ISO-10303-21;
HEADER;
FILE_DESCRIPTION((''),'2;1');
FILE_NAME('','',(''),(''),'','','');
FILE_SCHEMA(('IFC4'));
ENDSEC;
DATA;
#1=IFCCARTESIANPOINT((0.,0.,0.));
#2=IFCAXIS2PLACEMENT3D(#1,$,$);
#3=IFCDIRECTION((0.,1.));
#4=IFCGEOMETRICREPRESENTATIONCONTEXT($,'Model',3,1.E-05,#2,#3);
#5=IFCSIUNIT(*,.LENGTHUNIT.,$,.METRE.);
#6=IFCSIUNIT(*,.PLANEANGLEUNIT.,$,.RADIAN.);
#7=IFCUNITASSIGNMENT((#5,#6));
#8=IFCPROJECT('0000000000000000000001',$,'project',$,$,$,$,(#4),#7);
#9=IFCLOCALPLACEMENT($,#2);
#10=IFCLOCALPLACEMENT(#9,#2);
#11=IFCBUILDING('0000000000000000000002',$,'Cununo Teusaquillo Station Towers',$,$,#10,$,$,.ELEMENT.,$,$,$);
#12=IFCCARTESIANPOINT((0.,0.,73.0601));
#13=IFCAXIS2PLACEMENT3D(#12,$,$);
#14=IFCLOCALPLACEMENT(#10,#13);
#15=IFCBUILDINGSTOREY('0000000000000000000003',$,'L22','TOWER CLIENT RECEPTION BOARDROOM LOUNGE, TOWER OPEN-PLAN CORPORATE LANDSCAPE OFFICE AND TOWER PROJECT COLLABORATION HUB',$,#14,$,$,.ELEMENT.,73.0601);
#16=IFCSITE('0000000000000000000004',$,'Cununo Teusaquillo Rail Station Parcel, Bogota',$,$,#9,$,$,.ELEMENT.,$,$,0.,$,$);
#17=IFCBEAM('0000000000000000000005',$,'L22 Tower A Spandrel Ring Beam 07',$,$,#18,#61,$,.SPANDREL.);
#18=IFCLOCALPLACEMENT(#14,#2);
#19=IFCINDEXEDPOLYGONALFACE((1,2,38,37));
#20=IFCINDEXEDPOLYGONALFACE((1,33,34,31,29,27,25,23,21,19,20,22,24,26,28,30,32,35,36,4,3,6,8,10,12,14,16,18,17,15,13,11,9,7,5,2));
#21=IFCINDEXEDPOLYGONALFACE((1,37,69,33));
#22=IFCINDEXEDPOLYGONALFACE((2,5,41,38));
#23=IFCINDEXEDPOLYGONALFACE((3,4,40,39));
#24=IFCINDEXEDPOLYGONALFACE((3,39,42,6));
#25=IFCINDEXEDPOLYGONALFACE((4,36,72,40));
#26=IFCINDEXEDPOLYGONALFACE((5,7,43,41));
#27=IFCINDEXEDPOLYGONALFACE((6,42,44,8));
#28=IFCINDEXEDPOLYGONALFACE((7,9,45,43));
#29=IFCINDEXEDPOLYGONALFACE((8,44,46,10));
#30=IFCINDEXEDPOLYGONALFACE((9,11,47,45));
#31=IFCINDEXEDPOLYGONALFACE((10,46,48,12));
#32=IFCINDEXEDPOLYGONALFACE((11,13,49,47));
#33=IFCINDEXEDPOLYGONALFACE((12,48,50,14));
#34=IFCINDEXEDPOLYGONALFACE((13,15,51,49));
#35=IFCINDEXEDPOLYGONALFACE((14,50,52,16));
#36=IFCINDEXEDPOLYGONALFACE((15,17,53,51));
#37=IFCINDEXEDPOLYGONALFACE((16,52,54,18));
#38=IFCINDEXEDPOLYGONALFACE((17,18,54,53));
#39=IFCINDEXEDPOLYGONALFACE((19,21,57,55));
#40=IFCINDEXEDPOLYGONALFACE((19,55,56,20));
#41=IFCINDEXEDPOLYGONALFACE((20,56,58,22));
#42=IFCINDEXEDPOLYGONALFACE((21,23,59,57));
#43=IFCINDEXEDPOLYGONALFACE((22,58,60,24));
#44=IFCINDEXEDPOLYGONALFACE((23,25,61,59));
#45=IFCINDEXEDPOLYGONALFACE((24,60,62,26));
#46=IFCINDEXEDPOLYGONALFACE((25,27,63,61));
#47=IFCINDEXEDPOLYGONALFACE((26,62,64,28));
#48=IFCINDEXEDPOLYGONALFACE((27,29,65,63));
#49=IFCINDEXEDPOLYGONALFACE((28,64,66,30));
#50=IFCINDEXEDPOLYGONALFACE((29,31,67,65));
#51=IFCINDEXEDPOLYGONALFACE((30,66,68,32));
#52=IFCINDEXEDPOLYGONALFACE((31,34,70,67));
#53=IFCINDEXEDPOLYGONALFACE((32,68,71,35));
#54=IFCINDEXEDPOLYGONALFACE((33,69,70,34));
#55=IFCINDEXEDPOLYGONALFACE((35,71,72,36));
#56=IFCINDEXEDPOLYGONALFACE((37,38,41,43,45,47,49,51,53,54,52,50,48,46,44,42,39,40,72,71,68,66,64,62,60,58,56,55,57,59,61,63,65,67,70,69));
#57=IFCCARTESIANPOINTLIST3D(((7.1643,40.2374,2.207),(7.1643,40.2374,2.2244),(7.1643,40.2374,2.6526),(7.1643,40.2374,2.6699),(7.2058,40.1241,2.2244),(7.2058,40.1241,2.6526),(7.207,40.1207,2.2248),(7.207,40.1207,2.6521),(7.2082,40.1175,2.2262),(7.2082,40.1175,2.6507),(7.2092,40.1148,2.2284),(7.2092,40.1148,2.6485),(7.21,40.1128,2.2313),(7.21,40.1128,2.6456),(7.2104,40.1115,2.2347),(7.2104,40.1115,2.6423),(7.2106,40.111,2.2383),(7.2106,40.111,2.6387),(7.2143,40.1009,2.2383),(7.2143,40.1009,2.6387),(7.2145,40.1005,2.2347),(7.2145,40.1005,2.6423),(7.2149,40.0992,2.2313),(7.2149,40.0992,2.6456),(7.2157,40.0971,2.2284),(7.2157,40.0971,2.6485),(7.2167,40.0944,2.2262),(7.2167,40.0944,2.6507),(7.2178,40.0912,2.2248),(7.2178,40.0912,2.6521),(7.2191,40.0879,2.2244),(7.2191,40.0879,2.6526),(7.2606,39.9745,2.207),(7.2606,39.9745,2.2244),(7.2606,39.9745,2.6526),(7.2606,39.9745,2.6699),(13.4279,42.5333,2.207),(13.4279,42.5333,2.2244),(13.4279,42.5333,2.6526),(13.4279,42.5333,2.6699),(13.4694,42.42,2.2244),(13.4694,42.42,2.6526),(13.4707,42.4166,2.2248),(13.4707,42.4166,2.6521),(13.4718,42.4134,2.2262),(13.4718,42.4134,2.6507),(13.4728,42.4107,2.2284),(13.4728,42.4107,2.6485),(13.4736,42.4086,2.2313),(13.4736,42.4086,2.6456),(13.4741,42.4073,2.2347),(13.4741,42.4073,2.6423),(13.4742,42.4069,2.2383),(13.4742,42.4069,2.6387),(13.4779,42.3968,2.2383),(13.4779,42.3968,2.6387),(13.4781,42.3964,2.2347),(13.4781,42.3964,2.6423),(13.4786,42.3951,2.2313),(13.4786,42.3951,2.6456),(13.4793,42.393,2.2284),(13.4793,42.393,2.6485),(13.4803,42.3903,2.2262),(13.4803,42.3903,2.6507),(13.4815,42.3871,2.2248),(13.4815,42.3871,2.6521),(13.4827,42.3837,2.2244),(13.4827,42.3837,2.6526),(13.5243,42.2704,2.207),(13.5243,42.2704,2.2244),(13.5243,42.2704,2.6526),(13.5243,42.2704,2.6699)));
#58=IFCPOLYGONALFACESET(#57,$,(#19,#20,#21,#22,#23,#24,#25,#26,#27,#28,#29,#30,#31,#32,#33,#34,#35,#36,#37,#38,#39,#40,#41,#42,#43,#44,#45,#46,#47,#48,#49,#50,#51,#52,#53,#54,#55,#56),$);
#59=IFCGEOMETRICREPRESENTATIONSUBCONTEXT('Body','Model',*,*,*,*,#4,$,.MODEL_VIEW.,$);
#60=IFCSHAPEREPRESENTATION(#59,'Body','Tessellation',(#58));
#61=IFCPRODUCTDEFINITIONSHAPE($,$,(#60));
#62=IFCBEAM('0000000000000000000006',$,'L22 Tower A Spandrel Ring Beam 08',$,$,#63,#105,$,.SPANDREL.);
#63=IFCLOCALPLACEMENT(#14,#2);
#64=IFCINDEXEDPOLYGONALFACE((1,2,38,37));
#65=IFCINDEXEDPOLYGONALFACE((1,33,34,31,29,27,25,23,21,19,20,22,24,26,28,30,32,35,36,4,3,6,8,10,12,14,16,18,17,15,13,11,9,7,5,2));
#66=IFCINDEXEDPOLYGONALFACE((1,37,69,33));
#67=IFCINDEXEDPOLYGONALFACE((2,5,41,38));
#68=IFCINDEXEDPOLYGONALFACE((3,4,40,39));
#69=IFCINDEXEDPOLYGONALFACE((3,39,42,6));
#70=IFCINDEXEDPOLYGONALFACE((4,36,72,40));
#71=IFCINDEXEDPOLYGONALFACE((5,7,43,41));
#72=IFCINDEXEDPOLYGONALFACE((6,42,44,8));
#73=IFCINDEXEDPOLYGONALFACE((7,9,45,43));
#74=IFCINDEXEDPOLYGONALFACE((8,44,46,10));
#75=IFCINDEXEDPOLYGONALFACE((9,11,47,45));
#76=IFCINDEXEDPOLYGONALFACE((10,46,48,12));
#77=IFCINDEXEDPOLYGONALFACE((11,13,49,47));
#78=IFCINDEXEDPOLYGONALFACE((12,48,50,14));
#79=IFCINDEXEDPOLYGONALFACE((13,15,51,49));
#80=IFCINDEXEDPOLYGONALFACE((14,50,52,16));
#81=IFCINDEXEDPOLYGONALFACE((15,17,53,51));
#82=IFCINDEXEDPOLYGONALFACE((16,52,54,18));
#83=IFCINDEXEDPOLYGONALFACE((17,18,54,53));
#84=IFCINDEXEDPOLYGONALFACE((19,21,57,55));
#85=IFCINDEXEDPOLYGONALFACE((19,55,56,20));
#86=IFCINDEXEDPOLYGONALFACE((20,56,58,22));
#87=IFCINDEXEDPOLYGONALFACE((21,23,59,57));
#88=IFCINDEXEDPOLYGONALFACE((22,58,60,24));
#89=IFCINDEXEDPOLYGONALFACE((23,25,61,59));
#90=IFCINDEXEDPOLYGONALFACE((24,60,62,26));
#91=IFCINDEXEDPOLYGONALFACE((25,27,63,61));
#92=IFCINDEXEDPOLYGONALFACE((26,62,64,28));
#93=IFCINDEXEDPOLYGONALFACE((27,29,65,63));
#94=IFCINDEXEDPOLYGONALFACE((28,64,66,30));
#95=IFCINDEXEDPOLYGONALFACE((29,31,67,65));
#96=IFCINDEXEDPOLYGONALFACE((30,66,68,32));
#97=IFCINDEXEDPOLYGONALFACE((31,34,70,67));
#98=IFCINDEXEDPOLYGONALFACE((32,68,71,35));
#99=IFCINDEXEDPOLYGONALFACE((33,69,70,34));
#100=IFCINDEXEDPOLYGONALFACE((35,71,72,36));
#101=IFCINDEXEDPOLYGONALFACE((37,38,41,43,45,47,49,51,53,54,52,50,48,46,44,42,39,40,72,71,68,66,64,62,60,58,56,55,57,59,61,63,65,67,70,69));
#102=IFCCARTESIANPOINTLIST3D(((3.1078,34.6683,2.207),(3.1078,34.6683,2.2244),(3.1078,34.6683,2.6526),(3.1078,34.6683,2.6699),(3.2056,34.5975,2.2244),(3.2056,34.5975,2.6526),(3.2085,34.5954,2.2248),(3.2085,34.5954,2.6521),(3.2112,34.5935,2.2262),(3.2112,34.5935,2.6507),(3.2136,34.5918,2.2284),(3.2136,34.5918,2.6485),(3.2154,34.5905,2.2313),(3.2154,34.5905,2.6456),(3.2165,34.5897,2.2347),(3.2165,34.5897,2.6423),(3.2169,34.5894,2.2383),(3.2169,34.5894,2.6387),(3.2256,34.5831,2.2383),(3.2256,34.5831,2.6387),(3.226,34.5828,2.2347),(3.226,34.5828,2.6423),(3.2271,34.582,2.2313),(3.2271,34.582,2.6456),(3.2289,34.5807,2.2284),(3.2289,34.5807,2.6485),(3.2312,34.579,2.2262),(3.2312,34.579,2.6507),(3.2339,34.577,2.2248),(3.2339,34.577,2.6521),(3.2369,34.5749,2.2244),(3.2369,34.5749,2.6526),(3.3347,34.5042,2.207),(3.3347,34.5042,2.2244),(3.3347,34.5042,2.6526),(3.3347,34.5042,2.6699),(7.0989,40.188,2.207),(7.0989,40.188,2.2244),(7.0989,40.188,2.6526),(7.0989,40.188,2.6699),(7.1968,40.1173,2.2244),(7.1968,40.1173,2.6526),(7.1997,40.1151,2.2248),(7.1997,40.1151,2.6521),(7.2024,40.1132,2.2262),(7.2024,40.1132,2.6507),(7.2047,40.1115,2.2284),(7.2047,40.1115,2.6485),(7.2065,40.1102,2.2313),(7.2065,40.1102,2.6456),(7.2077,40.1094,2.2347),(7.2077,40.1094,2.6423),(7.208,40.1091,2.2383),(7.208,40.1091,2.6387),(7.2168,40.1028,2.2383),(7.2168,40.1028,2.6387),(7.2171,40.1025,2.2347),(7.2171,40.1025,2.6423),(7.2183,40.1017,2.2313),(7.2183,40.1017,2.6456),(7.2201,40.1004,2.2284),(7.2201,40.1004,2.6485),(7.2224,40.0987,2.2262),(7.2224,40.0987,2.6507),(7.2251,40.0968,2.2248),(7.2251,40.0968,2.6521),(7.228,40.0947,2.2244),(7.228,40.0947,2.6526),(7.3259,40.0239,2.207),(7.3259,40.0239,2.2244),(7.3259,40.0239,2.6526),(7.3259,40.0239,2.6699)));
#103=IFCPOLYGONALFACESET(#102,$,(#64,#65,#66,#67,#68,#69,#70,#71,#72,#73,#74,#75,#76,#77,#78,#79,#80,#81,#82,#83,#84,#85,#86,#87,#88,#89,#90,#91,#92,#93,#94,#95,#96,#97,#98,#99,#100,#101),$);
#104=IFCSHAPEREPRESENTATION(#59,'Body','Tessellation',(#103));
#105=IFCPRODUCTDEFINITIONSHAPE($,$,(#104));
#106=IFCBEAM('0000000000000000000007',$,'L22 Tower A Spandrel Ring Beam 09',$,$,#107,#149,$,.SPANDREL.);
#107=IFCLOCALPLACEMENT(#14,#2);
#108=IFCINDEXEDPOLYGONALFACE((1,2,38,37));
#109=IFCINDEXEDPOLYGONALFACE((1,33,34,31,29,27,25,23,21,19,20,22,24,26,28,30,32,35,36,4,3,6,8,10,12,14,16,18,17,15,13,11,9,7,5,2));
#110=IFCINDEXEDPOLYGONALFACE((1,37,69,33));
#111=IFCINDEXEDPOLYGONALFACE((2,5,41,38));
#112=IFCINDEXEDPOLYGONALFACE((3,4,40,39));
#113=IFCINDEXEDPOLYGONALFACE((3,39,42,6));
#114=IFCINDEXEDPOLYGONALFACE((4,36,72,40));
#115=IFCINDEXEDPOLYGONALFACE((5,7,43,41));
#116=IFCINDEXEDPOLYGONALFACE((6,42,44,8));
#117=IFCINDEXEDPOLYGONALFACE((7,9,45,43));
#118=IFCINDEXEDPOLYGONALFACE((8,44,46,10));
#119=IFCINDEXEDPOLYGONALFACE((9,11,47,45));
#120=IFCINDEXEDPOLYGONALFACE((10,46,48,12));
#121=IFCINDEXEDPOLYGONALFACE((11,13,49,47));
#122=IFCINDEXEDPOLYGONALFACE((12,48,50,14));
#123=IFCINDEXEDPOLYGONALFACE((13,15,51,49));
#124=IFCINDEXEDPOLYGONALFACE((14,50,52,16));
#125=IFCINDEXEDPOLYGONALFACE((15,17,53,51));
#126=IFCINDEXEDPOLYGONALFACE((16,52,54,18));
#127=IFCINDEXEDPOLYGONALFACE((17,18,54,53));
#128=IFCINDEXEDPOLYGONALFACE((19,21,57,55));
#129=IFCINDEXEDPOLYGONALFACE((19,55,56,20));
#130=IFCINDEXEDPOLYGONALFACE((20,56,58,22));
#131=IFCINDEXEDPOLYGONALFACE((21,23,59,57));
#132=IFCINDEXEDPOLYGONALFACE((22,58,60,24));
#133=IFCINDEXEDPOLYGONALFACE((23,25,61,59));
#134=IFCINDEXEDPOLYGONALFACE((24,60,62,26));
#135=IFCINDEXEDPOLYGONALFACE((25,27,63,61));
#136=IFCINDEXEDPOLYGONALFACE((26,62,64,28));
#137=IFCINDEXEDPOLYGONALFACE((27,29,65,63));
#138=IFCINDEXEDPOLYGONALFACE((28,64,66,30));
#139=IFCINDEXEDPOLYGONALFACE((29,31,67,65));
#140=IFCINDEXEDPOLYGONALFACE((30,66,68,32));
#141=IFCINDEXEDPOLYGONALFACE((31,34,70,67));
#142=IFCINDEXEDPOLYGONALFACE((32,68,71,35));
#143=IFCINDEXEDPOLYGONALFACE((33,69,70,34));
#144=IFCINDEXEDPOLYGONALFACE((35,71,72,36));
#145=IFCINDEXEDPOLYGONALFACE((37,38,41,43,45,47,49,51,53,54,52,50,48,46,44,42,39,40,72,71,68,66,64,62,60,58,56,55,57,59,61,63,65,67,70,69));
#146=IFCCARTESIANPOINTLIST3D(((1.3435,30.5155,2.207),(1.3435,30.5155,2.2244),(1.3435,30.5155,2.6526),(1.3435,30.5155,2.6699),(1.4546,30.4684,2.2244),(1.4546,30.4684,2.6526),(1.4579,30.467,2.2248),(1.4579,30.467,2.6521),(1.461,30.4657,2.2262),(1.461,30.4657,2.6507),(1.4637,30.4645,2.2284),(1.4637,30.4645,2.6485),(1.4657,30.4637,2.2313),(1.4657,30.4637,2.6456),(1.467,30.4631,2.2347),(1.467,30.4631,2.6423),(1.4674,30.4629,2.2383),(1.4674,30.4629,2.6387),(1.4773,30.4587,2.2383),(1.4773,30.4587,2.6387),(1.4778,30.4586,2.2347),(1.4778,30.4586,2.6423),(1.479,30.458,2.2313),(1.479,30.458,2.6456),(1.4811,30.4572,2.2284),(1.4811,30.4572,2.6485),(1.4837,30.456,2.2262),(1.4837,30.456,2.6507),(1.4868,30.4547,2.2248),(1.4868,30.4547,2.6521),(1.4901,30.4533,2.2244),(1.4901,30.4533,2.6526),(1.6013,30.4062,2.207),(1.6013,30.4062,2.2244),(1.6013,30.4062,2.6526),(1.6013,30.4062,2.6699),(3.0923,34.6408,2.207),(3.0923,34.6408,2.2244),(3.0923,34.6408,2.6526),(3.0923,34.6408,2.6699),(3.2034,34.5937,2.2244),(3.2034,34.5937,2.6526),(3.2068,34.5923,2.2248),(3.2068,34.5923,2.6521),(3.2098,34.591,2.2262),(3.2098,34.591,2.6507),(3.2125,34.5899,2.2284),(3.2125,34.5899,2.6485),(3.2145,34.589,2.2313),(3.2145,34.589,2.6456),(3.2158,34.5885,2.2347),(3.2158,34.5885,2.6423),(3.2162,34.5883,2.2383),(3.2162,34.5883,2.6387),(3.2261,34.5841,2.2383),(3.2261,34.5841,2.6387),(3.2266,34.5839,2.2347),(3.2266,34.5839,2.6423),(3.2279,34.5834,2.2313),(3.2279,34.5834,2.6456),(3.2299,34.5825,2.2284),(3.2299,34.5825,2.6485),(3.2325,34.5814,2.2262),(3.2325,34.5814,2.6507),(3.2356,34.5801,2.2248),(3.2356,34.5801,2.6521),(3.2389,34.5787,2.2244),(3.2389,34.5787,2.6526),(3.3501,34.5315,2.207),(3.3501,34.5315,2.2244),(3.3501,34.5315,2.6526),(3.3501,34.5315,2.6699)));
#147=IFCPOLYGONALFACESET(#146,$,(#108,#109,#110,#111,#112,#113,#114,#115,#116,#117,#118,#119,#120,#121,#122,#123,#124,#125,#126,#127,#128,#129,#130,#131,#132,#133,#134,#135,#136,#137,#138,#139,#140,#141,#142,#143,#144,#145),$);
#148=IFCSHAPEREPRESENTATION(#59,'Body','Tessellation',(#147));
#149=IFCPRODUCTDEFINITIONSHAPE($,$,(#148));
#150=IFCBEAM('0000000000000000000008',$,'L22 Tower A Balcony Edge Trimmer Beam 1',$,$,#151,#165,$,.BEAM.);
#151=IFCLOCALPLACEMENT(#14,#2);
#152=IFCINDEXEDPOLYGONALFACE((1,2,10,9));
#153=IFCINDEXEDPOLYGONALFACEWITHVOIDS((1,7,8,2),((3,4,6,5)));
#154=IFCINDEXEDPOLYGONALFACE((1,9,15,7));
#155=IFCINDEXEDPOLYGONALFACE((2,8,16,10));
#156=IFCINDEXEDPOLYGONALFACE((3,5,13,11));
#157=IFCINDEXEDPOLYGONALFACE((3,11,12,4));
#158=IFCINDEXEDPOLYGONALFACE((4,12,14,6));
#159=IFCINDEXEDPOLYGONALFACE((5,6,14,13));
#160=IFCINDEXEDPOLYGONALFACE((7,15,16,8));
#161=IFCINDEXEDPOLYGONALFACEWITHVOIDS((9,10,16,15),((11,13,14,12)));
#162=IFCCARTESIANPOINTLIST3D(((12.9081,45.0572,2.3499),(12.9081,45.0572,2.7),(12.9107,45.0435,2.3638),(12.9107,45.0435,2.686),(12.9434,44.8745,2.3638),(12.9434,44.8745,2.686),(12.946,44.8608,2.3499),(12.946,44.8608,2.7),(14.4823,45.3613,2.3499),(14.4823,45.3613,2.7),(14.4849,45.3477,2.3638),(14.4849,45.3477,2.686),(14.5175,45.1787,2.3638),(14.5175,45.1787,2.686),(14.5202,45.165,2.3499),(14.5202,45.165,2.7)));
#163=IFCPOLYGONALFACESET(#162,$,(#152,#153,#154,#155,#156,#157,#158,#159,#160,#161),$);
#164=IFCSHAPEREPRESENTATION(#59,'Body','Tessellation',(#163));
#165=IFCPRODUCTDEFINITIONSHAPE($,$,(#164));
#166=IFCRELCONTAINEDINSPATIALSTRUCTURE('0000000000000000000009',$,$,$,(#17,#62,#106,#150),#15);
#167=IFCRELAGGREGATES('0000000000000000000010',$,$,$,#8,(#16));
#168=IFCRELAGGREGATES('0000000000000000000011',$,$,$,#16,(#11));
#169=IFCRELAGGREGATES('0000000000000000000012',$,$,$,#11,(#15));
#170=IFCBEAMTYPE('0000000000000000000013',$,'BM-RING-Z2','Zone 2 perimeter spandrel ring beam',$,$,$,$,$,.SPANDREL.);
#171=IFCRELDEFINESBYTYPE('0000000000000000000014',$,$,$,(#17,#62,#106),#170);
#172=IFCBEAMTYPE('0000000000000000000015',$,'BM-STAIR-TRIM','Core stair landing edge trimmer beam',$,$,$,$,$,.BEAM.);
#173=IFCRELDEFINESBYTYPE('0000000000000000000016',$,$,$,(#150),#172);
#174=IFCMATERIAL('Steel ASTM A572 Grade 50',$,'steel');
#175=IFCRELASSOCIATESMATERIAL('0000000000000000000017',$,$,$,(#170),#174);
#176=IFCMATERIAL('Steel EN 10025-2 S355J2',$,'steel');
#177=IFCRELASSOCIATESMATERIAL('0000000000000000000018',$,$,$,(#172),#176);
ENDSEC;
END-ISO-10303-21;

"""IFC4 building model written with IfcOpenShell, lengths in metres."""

from ifc_helpers import new_model, si_unit, direction, frame, origin, origin_2d, place, context, subcontext, project, spatial, hollow_rectangle, i_section, extrude, material, material_profile, profile_set, type_object, element, save


model = new_model("IFC4")

# Units and contexts
model_context = context("Model", 3, precision=1e-05, world=origin(), true_north=direction((0.0, 1.0)))
body_context = subcontext(model_context, "Body", "Model", "MODEL_VIEW")
ifc_project = project(units=[si_unit("LENGTHUNIT", "METRE"), si_unit("PLANEANGLEUNIT", "RADIAN")], contexts=[model_context])

# Site, building, storey
site_placement = place(None, origin())
site = spatial("IfcSite", under=ifc_project, at=site_placement, Name="Cununo Teusaquillo Rail Station Parcel, Bogota", CompositionType="ELEMENT", RefElevation=0.0)
building_placement = place(site_placement, origin())
building = spatial("IfcBuilding", under=site, at=building_placement, Name="Cununo Teusaquillo Station Towers", CompositionType="ELEMENT")
storey_placement = place(building_placement, frame((0.0, 0.0, 73.0601)))
storey = spatial("IfcBuildingStorey", under=building, at=storey_placement, Name="L22", Description="TOWER CLIENT RECEPTION BOARDROOM LOUNGE, TOWER OPEN-PLAN CORPORATE LANDSCAPE OFFICE AND TOWER PROJECT COLLABORATION HUB", CompositionType="ELEMENT", Elevation=73.0601)

# Beams
ifc_material_1 = material(Name="Steel ASTM A572 Grade 50", Category="steel")
ifc_material_profile_1 = material_profile(ifc_material_1, i_section(OverallWidth=0.28, OverallDepth=0.4629, WebThickness=0.0107, FlangeThickness=0.0173, FilletRadius=0.0139, at=origin_2d()), Name="W18X76")
ifc_profile_set_1 = profile_set([ifc_material_profile_1], Name="Steel ASTM A572 Grade 50")
beam_type_1 = type_object("IfcBeamType", Name="BM-RING-Z2", Description="Zone 2 perimeter spandrel ring beam", PredefinedType="SPANDREL", material=ifc_profile_set_1)
beam_1_placement = place(storey_placement, frame((13.4761, 42.4019, 2.4385), z_axis=(-0.938914, -0.344151, 0.0), x_axis=(0.344151, -0.938914, 0.0)))
element("IfcBeam", 1, at=beam_1_placement, inside=storey, type_object=beam_type_1, Name="L22 Tower A Spandrel Ring Beam 07", PredefinedType="SPANDREL", context=body_context, shape_type="SweptSolid", body=[
    extrude(i_section(OverallWidth=0.28, OverallDepth=0.4629, WebThickness=0.0107, FlangeThickness=0.0173, FilletRadius=0.0139, at=origin_2d()), origin(), (0.0, 0.0, 1.0), 6.6711),
])
beam_2_placement = place(storey_placement, frame((7.2124, 40.106, 2.4385), z_axis=(-0.585945, -0.810351, 0.0), x_axis=(0.810351, -0.585945, 0.0)))
element("IfcBeam", 2, at=beam_2_placement, inside=storey, type_object=beam_type_1, Name="L22 Tower A Spandrel Ring Beam 08", PredefinedType="SPANDREL", context=body_context, shape_type="SweptSolid", body=[
    extrude(i_section(OverallWidth=0.28, OverallDepth=0.4629, WebThickness=0.0107, FlangeThickness=0.0173, FilletRadius=0.0139, at=origin_2d()), origin(), (0.0, 0.0, 1.0), 6.8115),
])
beam_3_placement = place(storey_placement, frame((3.2212, 34.5862, 2.4385), z_axis=(-0.390299, -0.920688, 0.0), x_axis=(0.920688, -0.390299, 0.0)))
element("IfcBeam", 3, at=beam_3_placement, inside=storey, type_object=beam_type_1, Name="L22 Tower A Spandrel Ring Beam 09", PredefinedType="SPANDREL", context=body_context, shape_type="SweptSolid", body=[
    extrude(i_section(OverallWidth=0.28, OverallDepth=0.4629, WebThickness=0.0107, FlangeThickness=0.0173, FilletRadius=0.0139, at=origin_2d()), origin(), (0.0, 0.0, 1.0), 4.4807),
])
ifc_material_2 = material(Name="Steel EN 10025-2 S355J2", Category="steel")
ifc_material_profile_2 = material_profile(ifc_material_2, hollow_rectangle(XDim=0.2, YDim=0.3501, WallThickness=0.0139, at=origin_2d()), Name="RHS 350x200x14")
ifc_profile_set_2 = profile_set([ifc_material_profile_2], Name="Steel EN 10025-2 S355J2")
beam_type_2 = type_object("IfcBeamType", Name="BM-STAIR-TRIM", Description="Core stair landing edge trimmer beam", PredefinedType="BEAM", material=ifc_profile_set_2)
beam_4_placement = place(storey_placement, frame((14.5012, 45.2632, 2.5249), z_axis=(-0.981837, -0.189728, 0.0), x_axis=(0.189728, -0.981837, 0.0)))
element("IfcBeam", 4, at=beam_4_placement, inside=storey, type_object=beam_type_2, Name="L22 Tower A Balcony Edge Trimmer Beam 1", PredefinedType="BEAM", context=body_context, shape_type="SweptSolid", body=[
    extrude(hollow_rectangle(XDim=0.2, YDim=0.3501, WallThickness=0.0139, at=origin_2d()), origin(), (0.0, 0.0, 1.0), 1.6033),
])

save(model, "model.ifc")
